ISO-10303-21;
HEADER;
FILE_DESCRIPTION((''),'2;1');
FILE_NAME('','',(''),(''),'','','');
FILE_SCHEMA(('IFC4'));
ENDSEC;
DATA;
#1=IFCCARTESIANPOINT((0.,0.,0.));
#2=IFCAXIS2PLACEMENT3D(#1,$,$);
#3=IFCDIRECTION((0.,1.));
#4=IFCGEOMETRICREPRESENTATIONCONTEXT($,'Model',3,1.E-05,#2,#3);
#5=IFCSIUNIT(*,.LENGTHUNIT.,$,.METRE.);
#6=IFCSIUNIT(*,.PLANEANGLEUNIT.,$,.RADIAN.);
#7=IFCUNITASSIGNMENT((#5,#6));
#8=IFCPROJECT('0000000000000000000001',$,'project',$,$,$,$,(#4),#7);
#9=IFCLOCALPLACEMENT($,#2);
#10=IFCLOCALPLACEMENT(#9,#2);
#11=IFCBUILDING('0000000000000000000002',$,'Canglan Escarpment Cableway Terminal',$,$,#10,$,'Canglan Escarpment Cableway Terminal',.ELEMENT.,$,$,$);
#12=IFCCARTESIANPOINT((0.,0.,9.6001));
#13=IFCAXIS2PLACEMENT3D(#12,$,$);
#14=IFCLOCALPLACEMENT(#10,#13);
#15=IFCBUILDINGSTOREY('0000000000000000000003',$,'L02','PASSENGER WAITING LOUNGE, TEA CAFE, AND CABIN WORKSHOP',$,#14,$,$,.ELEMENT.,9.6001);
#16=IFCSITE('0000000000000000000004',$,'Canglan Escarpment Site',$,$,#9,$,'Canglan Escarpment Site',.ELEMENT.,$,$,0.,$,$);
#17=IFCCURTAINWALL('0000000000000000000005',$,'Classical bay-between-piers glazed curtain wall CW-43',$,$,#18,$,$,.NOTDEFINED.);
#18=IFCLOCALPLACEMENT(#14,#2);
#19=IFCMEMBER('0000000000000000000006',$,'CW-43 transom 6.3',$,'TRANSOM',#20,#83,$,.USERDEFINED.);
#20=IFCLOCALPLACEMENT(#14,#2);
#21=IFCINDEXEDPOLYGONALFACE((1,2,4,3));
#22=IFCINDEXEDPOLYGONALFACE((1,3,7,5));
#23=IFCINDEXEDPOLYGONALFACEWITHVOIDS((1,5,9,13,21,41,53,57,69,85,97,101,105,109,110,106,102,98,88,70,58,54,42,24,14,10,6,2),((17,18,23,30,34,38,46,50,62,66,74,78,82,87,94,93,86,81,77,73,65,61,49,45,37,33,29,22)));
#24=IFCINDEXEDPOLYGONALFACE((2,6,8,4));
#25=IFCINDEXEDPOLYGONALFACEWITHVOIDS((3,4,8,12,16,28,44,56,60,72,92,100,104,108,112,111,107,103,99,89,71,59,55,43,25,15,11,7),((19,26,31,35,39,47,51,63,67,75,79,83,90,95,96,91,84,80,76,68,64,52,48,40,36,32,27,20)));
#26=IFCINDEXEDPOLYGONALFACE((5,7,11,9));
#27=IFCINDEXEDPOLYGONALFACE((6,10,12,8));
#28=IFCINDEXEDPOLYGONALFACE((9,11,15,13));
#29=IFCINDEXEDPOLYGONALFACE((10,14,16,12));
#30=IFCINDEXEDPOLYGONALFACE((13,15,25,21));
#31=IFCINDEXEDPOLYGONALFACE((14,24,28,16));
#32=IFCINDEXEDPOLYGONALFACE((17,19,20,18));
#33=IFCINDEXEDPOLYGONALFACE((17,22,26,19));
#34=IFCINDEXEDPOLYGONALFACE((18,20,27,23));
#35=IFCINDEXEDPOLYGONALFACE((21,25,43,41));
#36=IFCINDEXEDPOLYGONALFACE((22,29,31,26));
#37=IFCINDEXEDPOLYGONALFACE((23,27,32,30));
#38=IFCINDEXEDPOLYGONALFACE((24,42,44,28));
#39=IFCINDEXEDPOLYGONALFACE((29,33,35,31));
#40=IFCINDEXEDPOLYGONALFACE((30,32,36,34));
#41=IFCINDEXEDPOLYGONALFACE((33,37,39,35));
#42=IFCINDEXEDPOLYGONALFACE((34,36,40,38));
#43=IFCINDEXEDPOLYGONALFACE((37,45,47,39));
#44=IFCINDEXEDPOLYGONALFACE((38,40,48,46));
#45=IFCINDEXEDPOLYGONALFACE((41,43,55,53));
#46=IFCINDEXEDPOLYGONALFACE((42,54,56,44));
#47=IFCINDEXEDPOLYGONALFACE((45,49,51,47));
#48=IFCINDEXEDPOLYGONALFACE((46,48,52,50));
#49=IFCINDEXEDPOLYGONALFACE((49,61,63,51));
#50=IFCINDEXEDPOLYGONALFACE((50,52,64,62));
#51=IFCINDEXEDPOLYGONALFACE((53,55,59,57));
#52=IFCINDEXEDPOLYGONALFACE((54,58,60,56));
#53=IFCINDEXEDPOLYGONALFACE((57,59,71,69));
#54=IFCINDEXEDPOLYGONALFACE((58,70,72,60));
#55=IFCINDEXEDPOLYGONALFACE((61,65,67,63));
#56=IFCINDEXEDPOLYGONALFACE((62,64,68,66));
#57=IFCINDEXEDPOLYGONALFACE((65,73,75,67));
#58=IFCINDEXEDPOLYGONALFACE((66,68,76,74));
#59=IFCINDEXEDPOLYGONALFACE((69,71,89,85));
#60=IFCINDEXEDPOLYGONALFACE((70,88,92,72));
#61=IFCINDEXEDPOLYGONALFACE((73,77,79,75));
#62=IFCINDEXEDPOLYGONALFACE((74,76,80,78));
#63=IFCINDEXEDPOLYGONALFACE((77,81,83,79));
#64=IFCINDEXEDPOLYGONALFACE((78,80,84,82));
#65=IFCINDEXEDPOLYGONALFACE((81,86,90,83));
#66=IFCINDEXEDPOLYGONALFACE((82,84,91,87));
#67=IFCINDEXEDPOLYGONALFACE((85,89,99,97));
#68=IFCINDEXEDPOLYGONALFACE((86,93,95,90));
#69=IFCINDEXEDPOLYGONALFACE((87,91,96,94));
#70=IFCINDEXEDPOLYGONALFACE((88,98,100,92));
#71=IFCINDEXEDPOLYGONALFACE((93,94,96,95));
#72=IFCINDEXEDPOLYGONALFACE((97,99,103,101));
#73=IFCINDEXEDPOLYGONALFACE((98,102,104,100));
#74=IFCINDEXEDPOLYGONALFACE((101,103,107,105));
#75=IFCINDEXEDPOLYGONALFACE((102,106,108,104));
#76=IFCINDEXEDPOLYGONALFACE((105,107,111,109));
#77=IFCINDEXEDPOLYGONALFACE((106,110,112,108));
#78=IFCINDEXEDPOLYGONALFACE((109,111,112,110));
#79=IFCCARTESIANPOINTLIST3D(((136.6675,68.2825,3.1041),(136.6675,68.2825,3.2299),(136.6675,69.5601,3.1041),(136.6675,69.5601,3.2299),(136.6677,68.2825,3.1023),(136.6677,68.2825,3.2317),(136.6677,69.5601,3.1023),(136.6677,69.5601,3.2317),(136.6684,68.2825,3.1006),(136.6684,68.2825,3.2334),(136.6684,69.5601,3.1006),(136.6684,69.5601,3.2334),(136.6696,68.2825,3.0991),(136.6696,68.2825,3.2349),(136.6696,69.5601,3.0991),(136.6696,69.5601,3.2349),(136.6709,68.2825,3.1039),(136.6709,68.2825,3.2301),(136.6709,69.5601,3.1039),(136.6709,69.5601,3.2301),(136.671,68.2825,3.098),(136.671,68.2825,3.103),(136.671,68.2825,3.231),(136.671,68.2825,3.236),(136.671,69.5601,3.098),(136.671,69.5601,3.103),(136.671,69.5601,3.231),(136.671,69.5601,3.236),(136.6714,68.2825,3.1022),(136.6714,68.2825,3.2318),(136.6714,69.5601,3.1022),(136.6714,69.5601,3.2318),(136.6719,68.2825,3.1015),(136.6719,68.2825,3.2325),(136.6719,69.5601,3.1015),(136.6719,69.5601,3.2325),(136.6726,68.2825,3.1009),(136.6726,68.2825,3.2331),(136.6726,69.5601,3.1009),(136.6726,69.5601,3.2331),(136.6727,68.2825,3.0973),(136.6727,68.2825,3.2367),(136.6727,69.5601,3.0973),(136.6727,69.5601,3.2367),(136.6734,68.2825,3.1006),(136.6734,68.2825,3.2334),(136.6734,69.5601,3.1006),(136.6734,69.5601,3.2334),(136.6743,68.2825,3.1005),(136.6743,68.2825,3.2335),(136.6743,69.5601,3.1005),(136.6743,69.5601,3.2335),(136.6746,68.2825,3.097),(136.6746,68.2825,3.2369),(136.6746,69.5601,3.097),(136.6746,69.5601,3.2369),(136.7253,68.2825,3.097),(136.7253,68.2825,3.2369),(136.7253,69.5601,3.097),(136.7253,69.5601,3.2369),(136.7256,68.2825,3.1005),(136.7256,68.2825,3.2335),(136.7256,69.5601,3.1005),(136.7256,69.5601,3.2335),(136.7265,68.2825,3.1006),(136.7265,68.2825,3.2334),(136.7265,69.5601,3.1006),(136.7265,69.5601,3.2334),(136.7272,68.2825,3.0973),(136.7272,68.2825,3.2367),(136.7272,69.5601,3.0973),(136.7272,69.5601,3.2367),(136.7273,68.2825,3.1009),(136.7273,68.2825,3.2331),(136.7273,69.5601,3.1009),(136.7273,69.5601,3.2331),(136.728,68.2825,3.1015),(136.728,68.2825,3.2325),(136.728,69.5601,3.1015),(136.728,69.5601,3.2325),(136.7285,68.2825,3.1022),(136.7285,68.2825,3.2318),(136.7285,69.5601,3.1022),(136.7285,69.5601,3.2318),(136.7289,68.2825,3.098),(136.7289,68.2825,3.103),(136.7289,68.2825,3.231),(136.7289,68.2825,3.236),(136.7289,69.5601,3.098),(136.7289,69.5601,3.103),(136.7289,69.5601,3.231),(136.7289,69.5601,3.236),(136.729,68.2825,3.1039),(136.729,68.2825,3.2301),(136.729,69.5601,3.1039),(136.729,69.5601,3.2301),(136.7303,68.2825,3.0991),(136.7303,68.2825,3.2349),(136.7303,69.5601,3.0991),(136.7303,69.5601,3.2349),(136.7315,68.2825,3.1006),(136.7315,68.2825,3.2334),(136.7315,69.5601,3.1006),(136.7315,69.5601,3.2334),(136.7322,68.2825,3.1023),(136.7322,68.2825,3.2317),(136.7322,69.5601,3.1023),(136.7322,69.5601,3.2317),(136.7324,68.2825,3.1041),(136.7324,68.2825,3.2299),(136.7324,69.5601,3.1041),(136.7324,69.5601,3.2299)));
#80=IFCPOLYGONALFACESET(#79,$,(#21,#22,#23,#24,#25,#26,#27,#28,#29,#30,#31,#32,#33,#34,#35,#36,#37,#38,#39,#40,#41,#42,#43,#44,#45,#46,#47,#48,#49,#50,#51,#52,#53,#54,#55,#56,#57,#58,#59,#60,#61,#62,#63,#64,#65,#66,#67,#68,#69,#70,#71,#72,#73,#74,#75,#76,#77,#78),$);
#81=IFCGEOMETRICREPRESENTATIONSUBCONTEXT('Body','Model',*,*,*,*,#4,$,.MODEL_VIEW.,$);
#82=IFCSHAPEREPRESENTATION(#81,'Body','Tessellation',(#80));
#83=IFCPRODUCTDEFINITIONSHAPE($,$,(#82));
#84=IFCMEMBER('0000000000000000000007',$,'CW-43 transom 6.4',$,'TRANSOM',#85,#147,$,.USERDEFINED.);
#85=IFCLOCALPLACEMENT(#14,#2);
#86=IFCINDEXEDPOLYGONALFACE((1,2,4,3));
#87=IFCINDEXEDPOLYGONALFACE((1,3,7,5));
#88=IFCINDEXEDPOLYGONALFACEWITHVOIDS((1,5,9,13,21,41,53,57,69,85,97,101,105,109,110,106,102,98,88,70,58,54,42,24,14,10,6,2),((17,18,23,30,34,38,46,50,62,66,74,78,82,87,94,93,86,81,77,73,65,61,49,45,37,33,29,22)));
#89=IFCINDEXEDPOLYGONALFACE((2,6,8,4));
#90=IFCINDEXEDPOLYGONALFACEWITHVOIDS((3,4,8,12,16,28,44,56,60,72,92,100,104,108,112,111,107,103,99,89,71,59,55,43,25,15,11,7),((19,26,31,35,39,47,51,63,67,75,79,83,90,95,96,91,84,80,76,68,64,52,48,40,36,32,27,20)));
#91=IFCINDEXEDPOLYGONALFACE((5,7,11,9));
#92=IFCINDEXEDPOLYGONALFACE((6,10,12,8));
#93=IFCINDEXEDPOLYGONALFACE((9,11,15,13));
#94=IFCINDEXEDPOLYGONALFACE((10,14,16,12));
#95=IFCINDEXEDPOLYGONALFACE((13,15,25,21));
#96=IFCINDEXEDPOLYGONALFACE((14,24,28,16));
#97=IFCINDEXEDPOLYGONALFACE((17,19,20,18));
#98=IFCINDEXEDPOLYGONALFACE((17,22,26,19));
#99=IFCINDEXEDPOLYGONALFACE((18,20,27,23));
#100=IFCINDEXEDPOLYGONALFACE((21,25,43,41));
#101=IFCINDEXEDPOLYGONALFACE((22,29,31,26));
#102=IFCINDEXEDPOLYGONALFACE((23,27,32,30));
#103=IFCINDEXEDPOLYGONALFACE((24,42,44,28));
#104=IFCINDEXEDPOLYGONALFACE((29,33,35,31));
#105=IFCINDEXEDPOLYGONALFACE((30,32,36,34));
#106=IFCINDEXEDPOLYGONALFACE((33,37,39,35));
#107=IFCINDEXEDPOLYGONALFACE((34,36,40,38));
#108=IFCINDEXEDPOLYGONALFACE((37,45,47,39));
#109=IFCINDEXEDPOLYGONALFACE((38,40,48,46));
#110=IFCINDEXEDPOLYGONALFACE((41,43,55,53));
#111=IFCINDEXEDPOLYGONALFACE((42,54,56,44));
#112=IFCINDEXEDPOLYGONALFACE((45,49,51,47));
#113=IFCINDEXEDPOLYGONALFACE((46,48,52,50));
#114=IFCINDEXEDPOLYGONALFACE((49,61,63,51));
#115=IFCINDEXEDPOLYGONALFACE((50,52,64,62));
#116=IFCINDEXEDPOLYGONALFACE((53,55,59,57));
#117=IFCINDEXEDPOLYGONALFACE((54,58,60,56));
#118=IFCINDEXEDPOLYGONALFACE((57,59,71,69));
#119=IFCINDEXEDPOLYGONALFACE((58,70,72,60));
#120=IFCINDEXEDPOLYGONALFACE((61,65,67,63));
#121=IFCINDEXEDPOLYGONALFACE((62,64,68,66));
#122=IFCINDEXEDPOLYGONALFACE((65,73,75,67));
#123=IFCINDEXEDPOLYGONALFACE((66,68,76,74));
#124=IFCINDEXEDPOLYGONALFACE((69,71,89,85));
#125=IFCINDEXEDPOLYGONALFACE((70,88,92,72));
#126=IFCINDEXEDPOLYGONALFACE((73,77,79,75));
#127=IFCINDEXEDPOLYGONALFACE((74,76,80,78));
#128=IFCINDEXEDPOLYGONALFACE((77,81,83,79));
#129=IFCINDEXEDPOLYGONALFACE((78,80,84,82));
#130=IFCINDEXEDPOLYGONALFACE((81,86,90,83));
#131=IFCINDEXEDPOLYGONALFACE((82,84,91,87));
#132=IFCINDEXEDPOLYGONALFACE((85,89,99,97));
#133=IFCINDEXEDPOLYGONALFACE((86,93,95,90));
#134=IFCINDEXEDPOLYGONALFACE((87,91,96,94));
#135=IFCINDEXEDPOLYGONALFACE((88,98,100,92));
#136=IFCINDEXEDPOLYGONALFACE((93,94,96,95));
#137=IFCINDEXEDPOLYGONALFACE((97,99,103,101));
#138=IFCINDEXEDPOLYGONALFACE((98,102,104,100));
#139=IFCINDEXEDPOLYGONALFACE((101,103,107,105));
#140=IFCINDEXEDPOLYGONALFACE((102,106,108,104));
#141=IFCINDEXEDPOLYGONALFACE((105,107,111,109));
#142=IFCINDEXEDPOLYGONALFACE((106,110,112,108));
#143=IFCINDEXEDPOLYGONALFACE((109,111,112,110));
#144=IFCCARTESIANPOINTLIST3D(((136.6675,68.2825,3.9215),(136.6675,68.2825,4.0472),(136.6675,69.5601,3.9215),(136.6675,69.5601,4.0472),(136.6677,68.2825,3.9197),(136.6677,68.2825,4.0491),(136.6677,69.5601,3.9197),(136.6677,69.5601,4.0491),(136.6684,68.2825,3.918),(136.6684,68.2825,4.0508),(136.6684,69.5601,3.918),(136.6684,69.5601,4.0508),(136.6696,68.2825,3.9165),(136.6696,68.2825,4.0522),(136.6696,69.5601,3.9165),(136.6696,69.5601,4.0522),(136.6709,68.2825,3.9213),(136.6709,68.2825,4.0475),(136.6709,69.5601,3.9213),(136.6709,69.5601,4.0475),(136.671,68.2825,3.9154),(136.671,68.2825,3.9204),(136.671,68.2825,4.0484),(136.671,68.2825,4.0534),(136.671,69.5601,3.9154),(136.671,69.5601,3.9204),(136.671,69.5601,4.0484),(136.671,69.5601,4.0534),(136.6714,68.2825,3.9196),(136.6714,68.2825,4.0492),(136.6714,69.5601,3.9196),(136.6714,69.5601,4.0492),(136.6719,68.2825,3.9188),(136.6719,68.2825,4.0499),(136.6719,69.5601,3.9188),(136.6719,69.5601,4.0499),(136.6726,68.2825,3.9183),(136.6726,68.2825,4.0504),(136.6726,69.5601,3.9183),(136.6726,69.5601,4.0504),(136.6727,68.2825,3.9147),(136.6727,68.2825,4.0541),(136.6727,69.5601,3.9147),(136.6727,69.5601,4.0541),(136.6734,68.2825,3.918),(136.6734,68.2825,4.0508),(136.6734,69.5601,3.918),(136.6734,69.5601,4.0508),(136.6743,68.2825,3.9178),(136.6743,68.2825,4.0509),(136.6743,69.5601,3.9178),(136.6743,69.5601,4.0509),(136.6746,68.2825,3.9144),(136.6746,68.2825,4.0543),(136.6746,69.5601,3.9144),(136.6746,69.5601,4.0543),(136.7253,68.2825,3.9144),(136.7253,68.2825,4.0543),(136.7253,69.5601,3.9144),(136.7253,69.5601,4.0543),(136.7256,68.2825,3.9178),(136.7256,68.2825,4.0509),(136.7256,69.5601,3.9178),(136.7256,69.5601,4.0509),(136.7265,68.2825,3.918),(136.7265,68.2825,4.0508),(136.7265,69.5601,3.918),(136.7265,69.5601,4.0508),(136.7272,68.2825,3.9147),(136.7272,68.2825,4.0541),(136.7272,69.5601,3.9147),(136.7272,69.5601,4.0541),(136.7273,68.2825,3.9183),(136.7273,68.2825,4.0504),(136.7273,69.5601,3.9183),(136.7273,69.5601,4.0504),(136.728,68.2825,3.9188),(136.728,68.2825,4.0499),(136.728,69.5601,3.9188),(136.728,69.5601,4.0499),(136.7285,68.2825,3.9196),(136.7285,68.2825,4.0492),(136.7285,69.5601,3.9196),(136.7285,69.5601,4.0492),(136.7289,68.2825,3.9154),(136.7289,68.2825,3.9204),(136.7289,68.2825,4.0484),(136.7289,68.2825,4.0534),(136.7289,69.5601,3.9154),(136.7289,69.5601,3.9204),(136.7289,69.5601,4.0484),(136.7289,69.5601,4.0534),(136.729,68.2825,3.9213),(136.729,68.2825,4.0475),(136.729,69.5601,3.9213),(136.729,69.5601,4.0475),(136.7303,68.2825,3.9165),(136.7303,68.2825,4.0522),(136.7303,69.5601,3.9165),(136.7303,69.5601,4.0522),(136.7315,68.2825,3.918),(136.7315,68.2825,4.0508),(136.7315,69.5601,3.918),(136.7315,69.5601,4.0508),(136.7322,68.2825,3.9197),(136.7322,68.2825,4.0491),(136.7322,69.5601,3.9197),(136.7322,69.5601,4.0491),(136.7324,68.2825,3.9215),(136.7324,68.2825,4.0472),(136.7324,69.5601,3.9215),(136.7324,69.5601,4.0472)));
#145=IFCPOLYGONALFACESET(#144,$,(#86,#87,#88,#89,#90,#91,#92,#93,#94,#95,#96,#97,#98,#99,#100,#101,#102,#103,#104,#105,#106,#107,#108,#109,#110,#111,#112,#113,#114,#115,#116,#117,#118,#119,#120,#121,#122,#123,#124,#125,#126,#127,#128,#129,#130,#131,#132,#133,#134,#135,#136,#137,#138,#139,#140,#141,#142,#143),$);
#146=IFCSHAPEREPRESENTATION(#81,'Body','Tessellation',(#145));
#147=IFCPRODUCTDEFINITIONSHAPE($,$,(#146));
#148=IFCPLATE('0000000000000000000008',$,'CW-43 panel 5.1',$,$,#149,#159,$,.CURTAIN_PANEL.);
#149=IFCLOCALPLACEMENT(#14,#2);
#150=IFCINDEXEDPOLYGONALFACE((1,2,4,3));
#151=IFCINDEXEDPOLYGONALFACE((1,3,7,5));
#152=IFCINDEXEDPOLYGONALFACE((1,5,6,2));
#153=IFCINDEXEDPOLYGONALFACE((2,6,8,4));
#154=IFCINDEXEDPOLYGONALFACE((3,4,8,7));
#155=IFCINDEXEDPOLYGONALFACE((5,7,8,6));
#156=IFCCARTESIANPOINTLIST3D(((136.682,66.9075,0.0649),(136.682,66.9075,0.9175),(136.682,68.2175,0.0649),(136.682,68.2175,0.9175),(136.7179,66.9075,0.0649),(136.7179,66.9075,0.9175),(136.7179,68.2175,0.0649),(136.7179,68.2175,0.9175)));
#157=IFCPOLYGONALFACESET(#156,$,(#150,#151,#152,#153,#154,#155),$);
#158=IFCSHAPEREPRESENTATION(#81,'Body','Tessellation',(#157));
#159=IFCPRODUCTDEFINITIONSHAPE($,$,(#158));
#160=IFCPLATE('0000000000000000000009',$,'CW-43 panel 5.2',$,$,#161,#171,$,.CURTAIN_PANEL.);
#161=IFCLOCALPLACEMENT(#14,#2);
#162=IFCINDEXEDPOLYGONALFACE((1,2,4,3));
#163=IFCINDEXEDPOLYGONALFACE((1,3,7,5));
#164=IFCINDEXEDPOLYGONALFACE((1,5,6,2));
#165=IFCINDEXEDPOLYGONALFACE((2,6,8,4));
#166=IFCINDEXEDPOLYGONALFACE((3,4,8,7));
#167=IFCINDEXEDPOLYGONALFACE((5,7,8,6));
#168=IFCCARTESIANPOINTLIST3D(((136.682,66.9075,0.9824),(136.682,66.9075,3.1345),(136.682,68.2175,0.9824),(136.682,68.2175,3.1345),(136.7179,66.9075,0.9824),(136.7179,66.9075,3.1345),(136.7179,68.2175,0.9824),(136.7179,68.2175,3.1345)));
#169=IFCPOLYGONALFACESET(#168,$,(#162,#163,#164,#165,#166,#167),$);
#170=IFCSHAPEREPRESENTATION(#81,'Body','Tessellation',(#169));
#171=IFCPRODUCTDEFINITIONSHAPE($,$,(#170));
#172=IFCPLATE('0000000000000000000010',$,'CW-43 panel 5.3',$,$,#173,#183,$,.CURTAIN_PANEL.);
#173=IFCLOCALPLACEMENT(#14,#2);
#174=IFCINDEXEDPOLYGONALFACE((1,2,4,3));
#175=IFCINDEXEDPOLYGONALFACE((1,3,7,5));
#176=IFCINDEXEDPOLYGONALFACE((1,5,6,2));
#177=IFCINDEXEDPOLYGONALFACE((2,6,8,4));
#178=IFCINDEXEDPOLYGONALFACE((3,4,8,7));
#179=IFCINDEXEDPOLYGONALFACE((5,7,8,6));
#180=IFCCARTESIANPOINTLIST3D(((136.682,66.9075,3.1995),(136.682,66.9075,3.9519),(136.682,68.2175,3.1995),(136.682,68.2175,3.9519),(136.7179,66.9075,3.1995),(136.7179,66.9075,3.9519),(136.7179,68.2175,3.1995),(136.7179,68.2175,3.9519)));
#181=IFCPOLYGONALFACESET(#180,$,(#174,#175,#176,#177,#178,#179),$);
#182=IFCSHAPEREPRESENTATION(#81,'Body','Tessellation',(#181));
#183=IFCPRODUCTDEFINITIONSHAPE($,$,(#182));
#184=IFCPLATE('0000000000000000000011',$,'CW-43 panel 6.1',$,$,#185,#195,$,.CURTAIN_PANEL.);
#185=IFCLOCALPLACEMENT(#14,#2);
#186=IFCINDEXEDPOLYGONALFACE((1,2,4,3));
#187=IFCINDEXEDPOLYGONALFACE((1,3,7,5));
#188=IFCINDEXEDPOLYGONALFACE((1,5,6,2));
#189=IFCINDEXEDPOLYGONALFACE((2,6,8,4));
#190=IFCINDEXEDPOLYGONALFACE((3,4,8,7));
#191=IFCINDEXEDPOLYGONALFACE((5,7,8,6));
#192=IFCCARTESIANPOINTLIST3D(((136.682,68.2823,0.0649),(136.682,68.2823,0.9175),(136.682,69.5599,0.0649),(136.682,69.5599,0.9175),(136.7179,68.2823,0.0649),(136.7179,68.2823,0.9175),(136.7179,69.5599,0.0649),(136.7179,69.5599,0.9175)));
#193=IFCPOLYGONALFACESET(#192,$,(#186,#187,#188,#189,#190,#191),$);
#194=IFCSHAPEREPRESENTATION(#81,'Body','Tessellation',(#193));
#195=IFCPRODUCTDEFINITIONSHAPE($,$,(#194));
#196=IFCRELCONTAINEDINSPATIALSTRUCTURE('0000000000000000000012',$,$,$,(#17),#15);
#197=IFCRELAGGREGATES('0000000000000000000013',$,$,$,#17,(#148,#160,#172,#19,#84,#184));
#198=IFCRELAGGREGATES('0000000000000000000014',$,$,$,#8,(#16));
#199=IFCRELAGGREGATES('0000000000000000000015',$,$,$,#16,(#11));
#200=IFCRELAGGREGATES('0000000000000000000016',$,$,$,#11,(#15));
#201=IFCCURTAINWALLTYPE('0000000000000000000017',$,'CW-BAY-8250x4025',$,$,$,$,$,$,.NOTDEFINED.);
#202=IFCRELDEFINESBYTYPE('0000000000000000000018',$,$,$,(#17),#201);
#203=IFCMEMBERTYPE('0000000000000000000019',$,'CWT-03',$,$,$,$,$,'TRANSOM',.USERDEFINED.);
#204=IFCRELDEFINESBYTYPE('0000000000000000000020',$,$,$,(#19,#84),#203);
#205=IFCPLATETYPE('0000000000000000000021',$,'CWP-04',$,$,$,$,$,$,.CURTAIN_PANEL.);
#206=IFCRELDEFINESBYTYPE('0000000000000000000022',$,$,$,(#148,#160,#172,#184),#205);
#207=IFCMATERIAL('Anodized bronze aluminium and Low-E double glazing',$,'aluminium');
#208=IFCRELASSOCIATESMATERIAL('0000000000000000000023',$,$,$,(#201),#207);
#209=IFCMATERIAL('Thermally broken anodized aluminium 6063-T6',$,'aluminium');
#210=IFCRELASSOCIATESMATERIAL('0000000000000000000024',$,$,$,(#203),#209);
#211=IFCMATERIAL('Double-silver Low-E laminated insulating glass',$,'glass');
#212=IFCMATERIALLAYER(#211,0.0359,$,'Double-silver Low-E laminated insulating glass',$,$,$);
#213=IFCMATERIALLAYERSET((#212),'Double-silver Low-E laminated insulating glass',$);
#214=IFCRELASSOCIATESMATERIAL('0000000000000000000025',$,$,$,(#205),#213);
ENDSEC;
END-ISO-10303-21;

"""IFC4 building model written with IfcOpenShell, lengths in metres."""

from ifc_helpers import new_model, si_unit, direction, frame, origin, origin_2d, place, context, subcontext, project, spatial, rectangle, hollow_rectangle, extrude, material, layer, layer_set, material_profile, profile_set, type_object, element, aggregate, save


model = new_model("IFC4")

# Units and contexts
model_context = context("Model", 3, precision=1e-05, world=origin(), true_north=direction((0.0, 1.0)))
body_context = subcontext(model_context, "Body", "Model", "MODEL_VIEW")
ifc_project = project(units=[si_unit("LENGTHUNIT", "METRE"), si_unit("PLANEANGLEUNIT", "RADIAN")], contexts=[model_context])

# Site, building, storey
site_placement = place(None, origin())
site = spatial("IfcSite", under=ifc_project, at=site_placement, Name="Canglan Escarpment Site", LongName="Canglan Escarpment Site", CompositionType="ELEMENT", RefElevation=0.0)
building_placement = place(site_placement, origin())
building = spatial("IfcBuilding", under=site, at=building_placement, Name="Canglan Escarpment Cableway Terminal", LongName="Canglan Escarpment Cableway Terminal", CompositionType="ELEMENT")
storey_placement = place(building_placement, frame((0.0, 0.0, 9.6001)))
storey = spatial("IfcBuildingStorey", under=building, at=storey_placement, Name="L02", Description="PASSENGER WAITING LOUNGE, TEA CAFE, AND CABIN WORKSHOP", CompositionType="ELEMENT", Elevation=9.6001)

# Curtain wall
ifc_material_1 = material(Name="Anodized bronze aluminium and Low-E double glazing", Category="aluminium")
ifc_material_2 = material(Name="Thermally broken anodized aluminium 6063-T6", Category="aluminium")
curtain_wall_type_1 = type_object("IfcCurtainWallType", Name="CW-BAY-8250x4025", PredefinedType="NOTDEFINED", material=ifc_material_1)
curtain_wall_1_placement = place(storey_placement, origin())
curtain_wall_1 = element("IfcCurtainWall", 1, at=curtain_wall_1_placement, inside=storey, type_object=curtain_wall_type_1, Name="Classical bay-between-piers glazed curtain wall CW-43", PredefinedType="NOTDEFINED")

# Members
ifc_material_profile_1 = material_profile(ifc_material_2, hollow_rectangle(XDim=0.0649, YDim=0.1399, WallThickness=0.0034, InnerFilletRadius=0.0034, OuterFilletRadius=0.0071, at=origin_2d()), Name="ALU-TRAN 65x140x3.5")
ifc_profile_set_1 = profile_set([ifc_material_profile_1], Name="Thermally broken anodized aluminium 6063-T6")
member_type_1 = type_object("IfcMemberType", Name="CWT-03", ElementType="TRANSOM", PredefinedType="USERDEFINED", material=ifc_profile_set_1)
member_1_placement = place(storey_placement, frame((136.7, 68.2825, 3.167), z_axis=(0.0, 1.0, 0.0), x_axis=(-1.0, 0.0, 0.0)))
member_1 = element("IfcMember", 2, at=member_1_placement, type_object=member_type_1, Name="CW-43 transom 6.3", ObjectType="TRANSOM", PredefinedType="USERDEFINED", context=body_context, shape_type="SweptSolid", body=[
    extrude(hollow_rectangle(XDim=0.0649, YDim=0.1399, WallThickness=0.0034, InnerFilletRadius=0.0034, OuterFilletRadius=0.0071, at=origin_2d()), origin(), (0.0, 0.0, 1.0), 1.2776),
])
member_2_placement = place(storey_placement, frame((136.7, 68.2825, 3.9844), z_axis=(0.0, 1.0, 0.0), x_axis=(-1.0, 0.0, 0.0)))
member_2 = element("IfcMember", 3, at=member_2_placement, type_object=member_type_1, Name="CW-43 transom 6.4", ObjectType="TRANSOM", PredefinedType="USERDEFINED", context=body_context, shape_type="SweptSolid", body=[
    extrude(hollow_rectangle(XDim=0.0649, YDim=0.1399, WallThickness=0.0034, InnerFilletRadius=0.0034, OuterFilletRadius=0.0071, at=origin_2d()), origin(), (0.0, 0.0, 1.0), 1.2776),
])

# Plates
ifc_material_3 = material(Name="Double-silver Low-E laminated insulating glass", Category="glass")
ifc_layer_1 = layer(ifc_material_3, 0.0359, Name="Double-silver Low-E laminated insulating glass")
ifc_layer_set_1 = layer_set([ifc_layer_1], Name="Double-silver Low-E laminated insulating glass")
plate_type = type_object("IfcPlateType", Name="CWP-04", PredefinedType="CURTAIN_PANEL", material=ifc_layer_set_1)
plate_1_placement = place(storey_placement, frame((136.7, 67.5625, 0.0649), z_axis=(0.0, 0.0, 1.0), x_axis=(0.0, 1.0, 0.0)))
plate_1 = element("IfcPlate", 4, at=plate_1_placement, type_object=plate_type, Name="CW-43 panel 5.1", PredefinedType="CURTAIN_PANEL", context=body_context, shape_type="SweptSolid", body=[
    extrude(rectangle(XDim=1.3101, YDim=0.0359, at=origin_2d()), origin(), (0.0, 0.0, 1.0), 0.8525),
])
plate_2_placement = place(storey_placement, frame((136.7, 67.5625, 0.9824), z_axis=(0.0, 0.0, 1.0), x_axis=(0.0, 1.0, 0.0)))
plate_2 = element("IfcPlate", 5, at=plate_2_placement, type_object=plate_type, Name="CW-43 panel 5.2", PredefinedType="CURTAIN_PANEL", context=body_context, shape_type="SweptSolid", body=[
    extrude(rectangle(XDim=1.3101, YDim=0.0359, at=origin_2d()), origin(), (0.0, 0.0, 1.0), 2.1521),
])
plate_3_placement = place(storey_placement, frame((136.7, 67.5625, 3.1995), z_axis=(0.0, 0.0, 1.0), x_axis=(0.0, 1.0, 0.0)))
plate_3 = element("IfcPlate", 6, at=plate_3_placement, type_object=plate_type, Name="CW-43 panel 5.3", PredefinedType="CURTAIN_PANEL", context=body_context, shape_type="SweptSolid", body=[
    extrude(rectangle(XDim=1.3101, YDim=0.0359, at=origin_2d()), origin(), (0.0, 0.0, 1.0), 0.7524),
])
plate_4_placement = place(storey_placement, frame((136.7, 68.9211, 0.0649), z_axis=(0.0, 0.0, 1.0), x_axis=(0.0, 1.0, 0.0)))
plate_4 = element("IfcPlate", 7, at=plate_4_placement, type_object=plate_type, Name="CW-43 panel 6.1", PredefinedType="CURTAIN_PANEL", context=body_context, shape_type="SweptSolid", body=[
    extrude(rectangle(XDim=1.2776, YDim=0.0359, at=origin_2d()), origin(), (0.0, 0.0, 1.0), 0.8525),
])
aggregate(curtain_wall_1, [plate_1, plate_2, plate_3, member_1, member_2, plate_4])

save(model, "model.ifc")
